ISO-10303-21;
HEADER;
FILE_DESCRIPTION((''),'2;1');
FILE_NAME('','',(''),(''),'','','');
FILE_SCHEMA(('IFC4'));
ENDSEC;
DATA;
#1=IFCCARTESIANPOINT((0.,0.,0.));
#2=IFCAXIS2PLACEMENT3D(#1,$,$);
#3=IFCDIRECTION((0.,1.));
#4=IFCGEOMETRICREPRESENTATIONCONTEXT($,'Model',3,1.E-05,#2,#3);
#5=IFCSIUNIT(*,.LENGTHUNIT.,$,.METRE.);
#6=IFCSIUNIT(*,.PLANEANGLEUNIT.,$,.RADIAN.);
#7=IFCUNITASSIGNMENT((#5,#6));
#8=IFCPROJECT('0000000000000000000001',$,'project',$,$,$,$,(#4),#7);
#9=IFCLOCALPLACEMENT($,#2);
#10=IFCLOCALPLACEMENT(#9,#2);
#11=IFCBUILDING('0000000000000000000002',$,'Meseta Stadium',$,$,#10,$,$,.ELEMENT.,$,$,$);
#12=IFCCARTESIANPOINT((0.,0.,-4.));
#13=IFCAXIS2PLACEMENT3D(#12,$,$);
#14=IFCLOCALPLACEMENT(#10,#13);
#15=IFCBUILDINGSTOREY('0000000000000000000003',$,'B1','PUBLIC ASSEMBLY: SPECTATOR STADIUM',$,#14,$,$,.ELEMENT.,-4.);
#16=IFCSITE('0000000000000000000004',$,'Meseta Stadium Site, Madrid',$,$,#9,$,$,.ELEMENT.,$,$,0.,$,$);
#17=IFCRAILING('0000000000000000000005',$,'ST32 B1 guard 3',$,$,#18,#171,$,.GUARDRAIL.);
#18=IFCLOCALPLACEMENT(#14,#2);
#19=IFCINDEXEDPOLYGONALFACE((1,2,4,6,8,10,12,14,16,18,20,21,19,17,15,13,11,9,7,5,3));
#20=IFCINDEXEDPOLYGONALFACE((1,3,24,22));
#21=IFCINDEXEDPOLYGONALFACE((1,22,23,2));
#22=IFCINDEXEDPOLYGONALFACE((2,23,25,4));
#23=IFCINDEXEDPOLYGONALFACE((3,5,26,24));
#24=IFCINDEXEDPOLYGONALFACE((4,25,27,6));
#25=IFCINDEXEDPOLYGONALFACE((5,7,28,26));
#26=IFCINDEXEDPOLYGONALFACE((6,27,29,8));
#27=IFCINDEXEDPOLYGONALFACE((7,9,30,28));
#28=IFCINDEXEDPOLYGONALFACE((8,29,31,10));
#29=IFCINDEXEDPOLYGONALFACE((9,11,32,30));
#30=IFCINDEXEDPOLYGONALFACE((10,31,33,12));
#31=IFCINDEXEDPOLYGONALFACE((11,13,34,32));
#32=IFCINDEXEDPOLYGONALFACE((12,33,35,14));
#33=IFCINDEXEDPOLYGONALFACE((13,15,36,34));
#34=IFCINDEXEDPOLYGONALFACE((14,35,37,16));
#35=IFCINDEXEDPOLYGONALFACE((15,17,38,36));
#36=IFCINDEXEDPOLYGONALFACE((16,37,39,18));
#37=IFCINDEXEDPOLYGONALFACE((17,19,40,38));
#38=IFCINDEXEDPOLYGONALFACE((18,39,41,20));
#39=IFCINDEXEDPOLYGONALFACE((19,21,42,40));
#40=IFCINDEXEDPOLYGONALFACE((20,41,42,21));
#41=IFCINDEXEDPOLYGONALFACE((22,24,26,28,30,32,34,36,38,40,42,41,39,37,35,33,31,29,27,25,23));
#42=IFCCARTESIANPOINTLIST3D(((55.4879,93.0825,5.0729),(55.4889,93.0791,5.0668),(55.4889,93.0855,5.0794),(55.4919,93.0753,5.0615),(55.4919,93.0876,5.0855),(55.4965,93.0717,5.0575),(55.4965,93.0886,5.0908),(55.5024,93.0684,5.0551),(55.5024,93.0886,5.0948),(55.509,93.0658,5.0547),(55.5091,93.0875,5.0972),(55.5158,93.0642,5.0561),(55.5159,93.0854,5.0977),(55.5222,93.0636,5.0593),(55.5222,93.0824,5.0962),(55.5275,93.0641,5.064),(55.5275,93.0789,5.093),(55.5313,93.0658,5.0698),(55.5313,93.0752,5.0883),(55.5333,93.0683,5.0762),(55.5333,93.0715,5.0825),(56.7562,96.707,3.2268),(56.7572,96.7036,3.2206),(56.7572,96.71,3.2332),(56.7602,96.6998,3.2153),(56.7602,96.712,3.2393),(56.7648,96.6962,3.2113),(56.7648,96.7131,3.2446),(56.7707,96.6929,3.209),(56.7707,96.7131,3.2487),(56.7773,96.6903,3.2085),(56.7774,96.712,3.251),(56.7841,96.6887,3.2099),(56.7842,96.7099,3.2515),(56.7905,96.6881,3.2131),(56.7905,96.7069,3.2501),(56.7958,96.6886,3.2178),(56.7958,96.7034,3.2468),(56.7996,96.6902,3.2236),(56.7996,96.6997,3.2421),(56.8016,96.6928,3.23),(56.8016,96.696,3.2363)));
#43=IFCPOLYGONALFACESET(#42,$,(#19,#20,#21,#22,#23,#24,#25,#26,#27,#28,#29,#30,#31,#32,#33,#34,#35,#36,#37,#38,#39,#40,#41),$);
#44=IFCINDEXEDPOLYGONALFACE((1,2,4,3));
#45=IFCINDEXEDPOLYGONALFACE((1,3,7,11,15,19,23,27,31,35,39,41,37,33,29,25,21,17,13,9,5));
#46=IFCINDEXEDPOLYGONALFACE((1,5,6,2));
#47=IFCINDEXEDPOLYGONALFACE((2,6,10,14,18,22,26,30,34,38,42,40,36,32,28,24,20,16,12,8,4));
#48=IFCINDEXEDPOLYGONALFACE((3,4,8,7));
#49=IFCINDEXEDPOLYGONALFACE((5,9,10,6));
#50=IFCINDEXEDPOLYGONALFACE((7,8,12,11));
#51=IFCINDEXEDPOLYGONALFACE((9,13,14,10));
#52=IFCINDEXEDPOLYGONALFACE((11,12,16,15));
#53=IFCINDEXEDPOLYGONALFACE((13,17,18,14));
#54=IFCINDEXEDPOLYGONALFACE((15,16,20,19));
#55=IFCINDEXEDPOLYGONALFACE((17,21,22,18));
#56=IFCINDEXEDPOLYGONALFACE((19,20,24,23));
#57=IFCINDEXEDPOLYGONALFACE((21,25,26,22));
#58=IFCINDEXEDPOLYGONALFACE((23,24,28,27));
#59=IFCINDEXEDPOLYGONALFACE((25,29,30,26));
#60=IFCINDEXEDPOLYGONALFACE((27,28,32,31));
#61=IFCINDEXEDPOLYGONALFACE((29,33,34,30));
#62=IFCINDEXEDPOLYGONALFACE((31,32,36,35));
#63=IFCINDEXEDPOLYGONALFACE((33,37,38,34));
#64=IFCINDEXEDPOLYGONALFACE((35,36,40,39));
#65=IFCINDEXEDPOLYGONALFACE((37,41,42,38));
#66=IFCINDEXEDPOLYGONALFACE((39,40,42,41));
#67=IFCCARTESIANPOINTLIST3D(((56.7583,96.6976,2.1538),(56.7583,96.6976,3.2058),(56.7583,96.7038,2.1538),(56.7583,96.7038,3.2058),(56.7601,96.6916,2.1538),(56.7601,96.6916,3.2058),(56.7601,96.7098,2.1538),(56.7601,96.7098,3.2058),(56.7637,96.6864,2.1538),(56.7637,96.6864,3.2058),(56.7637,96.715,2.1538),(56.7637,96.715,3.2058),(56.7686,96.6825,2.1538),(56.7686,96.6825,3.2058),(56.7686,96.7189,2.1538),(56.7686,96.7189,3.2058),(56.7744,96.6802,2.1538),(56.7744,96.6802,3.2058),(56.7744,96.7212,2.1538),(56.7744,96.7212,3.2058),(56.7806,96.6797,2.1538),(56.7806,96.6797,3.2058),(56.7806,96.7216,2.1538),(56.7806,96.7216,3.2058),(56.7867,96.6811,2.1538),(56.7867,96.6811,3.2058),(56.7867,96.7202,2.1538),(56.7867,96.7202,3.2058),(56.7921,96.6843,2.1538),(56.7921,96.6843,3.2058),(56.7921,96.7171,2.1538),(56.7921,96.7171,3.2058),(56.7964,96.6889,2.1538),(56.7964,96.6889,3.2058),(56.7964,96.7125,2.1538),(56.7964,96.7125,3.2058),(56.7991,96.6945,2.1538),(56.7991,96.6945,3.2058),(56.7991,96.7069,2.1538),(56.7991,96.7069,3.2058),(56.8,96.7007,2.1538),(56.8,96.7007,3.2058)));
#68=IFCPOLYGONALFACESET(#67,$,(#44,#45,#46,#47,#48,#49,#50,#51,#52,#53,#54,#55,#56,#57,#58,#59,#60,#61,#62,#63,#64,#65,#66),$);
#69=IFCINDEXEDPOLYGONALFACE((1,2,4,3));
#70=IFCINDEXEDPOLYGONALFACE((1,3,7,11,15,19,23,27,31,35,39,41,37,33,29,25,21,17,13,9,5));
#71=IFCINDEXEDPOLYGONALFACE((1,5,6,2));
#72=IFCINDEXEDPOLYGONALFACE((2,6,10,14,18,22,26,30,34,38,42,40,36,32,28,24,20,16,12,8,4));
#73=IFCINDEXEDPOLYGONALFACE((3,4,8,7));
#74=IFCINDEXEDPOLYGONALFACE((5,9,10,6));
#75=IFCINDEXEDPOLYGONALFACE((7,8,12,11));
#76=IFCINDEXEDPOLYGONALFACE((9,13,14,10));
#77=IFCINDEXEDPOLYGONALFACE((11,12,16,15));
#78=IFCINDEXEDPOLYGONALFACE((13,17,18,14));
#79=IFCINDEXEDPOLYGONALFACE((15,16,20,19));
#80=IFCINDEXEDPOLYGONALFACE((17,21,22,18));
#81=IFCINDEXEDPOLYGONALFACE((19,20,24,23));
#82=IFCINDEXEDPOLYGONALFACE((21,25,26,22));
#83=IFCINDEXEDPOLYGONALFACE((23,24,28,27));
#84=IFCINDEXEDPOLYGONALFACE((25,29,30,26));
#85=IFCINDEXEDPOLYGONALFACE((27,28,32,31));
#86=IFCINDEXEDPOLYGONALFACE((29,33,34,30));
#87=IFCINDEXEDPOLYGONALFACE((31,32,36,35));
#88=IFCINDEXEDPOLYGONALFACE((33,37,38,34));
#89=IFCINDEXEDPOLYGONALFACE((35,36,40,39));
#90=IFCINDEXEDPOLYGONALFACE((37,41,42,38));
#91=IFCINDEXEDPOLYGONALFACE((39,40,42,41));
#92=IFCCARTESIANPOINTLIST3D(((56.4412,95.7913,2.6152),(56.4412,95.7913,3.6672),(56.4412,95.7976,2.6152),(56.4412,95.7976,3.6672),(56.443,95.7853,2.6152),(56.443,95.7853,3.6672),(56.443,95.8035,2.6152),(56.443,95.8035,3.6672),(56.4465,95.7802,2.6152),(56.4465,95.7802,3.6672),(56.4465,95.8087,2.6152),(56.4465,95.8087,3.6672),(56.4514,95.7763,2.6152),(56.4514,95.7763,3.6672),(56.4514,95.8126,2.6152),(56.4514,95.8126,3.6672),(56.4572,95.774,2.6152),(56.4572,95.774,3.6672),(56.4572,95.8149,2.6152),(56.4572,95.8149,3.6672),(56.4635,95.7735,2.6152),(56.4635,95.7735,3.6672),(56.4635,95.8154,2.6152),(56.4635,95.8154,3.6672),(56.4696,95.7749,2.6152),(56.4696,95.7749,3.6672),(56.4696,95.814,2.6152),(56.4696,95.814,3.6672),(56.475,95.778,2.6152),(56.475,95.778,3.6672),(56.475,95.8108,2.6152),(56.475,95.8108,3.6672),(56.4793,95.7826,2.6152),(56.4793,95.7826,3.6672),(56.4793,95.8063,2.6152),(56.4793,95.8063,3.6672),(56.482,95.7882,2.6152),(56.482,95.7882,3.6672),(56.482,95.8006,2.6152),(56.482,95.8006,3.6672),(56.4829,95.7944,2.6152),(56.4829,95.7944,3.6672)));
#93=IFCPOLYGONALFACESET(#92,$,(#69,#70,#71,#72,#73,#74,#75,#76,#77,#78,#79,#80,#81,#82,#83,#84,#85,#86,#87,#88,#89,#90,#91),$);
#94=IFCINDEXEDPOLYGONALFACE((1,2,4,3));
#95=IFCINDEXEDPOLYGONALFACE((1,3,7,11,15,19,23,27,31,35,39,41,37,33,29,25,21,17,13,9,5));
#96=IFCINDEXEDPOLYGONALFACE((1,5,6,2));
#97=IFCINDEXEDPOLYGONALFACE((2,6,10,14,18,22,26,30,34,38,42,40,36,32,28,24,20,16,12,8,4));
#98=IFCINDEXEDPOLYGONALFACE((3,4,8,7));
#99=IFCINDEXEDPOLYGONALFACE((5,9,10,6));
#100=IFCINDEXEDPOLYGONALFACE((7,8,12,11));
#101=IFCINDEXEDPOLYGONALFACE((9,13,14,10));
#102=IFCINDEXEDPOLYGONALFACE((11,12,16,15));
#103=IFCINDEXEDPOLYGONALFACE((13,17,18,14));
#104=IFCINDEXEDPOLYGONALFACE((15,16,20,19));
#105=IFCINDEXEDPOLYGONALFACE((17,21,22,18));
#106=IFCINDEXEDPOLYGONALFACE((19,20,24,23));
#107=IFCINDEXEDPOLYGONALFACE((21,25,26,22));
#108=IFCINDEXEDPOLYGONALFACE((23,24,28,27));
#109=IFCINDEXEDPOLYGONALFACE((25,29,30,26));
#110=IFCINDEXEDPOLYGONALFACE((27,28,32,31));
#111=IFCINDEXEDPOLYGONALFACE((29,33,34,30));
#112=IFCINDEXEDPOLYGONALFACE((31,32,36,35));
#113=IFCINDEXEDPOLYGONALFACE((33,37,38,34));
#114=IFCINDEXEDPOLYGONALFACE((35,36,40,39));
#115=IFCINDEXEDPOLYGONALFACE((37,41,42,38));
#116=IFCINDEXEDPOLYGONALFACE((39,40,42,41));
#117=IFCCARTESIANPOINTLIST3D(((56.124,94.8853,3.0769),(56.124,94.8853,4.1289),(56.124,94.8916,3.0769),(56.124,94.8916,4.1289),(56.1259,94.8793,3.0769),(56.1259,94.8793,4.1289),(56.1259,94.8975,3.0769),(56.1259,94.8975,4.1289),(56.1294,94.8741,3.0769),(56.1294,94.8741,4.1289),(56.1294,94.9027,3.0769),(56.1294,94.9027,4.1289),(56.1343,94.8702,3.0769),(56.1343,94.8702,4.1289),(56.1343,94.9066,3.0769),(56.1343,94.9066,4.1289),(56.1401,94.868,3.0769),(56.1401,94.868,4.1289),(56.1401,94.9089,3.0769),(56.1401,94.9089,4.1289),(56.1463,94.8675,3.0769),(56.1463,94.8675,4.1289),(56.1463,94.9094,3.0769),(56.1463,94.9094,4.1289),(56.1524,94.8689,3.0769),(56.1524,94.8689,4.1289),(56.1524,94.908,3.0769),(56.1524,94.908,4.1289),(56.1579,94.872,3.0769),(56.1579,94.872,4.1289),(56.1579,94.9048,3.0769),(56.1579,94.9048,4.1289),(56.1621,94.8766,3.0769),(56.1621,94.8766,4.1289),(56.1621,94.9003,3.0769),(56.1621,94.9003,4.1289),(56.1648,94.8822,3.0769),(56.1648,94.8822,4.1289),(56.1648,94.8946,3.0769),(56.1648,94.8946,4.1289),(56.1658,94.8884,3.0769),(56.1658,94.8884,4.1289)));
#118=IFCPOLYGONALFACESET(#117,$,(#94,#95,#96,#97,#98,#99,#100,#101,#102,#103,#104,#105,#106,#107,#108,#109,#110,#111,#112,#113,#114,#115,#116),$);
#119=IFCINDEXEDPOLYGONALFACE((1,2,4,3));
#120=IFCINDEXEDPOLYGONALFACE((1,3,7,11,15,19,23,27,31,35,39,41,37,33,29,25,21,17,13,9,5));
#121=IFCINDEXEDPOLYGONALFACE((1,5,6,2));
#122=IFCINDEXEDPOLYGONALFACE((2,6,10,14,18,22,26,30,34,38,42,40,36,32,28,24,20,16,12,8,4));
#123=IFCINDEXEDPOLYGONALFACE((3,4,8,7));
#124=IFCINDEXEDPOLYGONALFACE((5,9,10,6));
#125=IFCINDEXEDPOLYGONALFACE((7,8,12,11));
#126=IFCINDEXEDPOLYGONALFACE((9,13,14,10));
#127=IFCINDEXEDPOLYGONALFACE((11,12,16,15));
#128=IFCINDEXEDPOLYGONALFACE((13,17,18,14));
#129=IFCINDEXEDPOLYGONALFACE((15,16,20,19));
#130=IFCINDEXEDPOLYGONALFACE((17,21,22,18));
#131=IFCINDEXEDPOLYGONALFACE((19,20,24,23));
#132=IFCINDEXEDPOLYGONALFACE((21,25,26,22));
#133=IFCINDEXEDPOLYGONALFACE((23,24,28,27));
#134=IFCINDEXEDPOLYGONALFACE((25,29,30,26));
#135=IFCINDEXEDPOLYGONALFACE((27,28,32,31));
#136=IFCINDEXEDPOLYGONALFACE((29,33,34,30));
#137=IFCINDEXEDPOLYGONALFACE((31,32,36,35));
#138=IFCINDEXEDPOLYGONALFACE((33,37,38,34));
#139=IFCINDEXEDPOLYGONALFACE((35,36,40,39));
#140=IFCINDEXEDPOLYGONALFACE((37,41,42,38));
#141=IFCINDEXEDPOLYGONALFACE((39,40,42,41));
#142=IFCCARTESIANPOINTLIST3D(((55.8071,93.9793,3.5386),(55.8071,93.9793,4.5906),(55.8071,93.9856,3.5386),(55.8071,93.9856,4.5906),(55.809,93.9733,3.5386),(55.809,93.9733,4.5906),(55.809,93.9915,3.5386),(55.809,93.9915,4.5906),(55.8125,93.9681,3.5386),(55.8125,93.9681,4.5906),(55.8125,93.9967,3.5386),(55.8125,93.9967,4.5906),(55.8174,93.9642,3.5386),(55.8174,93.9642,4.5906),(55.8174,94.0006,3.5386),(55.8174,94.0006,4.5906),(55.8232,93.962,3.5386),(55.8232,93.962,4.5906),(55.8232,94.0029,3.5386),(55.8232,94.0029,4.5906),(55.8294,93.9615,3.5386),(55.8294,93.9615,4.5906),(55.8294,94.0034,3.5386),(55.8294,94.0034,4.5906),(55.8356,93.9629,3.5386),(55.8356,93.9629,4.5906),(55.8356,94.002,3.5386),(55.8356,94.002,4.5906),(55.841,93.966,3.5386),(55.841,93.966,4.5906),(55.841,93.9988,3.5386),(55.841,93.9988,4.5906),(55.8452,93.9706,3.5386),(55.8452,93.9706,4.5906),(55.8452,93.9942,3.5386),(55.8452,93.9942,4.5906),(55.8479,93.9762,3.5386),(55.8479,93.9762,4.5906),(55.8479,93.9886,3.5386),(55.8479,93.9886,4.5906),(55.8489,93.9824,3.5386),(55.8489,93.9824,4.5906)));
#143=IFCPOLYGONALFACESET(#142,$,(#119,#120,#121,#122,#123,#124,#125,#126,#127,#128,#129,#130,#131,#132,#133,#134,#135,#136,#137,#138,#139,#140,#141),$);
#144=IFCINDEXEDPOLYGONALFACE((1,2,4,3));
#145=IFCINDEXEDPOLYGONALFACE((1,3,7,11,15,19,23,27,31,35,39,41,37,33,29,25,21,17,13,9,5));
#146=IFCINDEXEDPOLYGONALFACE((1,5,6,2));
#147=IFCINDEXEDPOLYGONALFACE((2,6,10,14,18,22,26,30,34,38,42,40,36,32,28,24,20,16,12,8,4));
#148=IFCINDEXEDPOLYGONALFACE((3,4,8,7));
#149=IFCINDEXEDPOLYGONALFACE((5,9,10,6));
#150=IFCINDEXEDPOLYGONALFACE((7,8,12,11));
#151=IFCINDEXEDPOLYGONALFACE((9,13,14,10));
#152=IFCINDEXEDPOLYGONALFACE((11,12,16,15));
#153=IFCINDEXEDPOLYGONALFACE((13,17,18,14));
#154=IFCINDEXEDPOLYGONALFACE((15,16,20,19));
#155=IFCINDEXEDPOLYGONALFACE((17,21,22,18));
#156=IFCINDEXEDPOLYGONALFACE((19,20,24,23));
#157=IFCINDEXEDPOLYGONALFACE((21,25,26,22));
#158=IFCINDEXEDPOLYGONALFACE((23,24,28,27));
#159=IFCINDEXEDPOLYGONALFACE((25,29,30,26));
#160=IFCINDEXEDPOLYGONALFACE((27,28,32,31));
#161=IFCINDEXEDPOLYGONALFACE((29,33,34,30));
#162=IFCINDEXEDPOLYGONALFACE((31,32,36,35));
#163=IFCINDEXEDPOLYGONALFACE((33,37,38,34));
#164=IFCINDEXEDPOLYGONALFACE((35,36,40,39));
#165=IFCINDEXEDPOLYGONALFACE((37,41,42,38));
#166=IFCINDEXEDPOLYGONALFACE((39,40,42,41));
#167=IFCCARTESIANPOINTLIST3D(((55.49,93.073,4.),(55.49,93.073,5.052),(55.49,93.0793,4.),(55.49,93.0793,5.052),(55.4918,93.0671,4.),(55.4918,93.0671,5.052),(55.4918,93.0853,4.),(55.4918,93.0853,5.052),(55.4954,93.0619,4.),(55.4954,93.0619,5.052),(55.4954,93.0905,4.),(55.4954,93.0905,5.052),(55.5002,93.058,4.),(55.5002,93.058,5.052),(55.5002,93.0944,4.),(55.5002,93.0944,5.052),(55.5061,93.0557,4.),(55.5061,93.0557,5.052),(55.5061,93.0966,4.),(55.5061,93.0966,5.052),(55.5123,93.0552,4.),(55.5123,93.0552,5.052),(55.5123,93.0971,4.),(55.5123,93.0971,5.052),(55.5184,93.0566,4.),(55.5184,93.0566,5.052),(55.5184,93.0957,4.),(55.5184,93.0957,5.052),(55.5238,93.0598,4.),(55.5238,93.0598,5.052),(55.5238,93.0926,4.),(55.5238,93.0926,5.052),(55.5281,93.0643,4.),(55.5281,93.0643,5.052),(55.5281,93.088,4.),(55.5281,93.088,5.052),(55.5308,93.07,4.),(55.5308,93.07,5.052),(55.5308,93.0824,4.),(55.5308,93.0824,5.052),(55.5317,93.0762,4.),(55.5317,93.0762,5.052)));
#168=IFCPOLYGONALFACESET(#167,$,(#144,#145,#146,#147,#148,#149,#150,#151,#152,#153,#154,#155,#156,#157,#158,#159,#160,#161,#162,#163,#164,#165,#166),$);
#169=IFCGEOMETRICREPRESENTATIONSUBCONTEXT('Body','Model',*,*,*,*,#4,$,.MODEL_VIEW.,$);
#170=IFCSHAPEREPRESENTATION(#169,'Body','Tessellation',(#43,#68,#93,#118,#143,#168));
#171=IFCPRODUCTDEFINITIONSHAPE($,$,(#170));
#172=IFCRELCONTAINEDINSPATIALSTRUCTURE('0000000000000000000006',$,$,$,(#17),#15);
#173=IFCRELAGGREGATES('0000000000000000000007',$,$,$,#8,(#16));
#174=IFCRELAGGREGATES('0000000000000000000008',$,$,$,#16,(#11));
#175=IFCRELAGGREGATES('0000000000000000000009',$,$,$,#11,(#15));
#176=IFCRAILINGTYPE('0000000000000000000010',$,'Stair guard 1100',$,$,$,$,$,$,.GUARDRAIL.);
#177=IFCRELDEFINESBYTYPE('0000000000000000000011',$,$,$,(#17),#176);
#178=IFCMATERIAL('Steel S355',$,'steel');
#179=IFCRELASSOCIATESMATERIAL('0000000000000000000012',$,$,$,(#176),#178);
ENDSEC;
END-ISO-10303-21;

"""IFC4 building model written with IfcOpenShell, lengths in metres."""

from ifc_helpers import new_model, si_unit, direction, frame, origin, origin_2d, place, context, subcontext, project, spatial, circle, extrude, material, type_object, element, save


model = new_model("IFC4")

# Units and contexts
model_context = context("Model", 3, precision=1e-05, world=origin(), true_north=direction((0.0, 1.0)))
body_context = subcontext(model_context, "Body", "Model", "MODEL_VIEW")
ifc_project = project(units=[si_unit("LENGTHUNIT", "METRE"), si_unit("PLANEANGLEUNIT", "RADIAN")], contexts=[model_context])

# Site, building, storey
site_placement = place(None, origin())
site = spatial("IfcSite", under=ifc_project, at=site_placement, Name="Meseta Stadium Site, Madrid", CompositionType="ELEMENT", RefElevation=0.0)
building_placement = place(site_placement, origin())
building = spatial("IfcBuilding", under=site, at=building_placement, Name="Meseta Stadium", CompositionType="ELEMENT")
storey_placement = place(building_placement, frame((0.0, 0.0, -4.0)))
storey = spatial("IfcBuildingStorey", under=building, at=storey_placement, Name="B1", Description="PUBLIC ASSEMBLY: SPECTATOR STADIUM", CompositionType="ELEMENT", Elevation=-4.0)

# Railing
ifc_material_1 = material(Name="Steel S355", Category="steel")
railing_type_1 = type_object("IfcRailingType", Name="Stair guard 1100", PredefinedType="GUARDRAIL", material=ifc_material_1)
railing_1_placement = place(storey_placement, frame((56.7791, 96.7007, 2.1538)))
element("IfcRailing", 1, at=railing_1_placement, inside=storey, type_object=railing_type_1, Name="ST32 B1 guard 3", PredefinedType="GUARDRAIL", context=body_context, shape_type="SweptSolid", body=[
    extrude(circle(Radius=0.0239, at=origin_2d()), frame((0.0, 0.0, 1.0762), z_axis=(-0.297672, -0.850672, 0.4333), x_axis=(0.94388, -0.330288, 0.0)), (0.0, 0.0, 1.0), 4.2607),
    extrude(circle(Radius=0.021, at=origin_2d()), origin(), (0.0, 0.0, 1.0), 1.052),
    extrude(circle(Radius=0.021, at=origin_2d()), frame((-0.3171, -0.9062, 0.4614)), (0.0, 0.0, 1.0), 1.052),
    extrude(circle(Radius=0.021, at=origin_2d()), frame((-0.6343, -1.8123, 0.9231)), (0.0, 0.0, 1.0), 1.052),
    extrude(circle(Radius=0.021, at=origin_2d()), frame((-0.9512, -2.7183, 1.3848)), (0.0, 0.0, 1.0), 1.052),
    extrude(circle(Radius=0.021, at=origin_2d()), frame((-1.2683, -3.6245, 1.8462)), (0.0, 0.0, 1.0), 1.052),
])

save(model, "model.ifc")
